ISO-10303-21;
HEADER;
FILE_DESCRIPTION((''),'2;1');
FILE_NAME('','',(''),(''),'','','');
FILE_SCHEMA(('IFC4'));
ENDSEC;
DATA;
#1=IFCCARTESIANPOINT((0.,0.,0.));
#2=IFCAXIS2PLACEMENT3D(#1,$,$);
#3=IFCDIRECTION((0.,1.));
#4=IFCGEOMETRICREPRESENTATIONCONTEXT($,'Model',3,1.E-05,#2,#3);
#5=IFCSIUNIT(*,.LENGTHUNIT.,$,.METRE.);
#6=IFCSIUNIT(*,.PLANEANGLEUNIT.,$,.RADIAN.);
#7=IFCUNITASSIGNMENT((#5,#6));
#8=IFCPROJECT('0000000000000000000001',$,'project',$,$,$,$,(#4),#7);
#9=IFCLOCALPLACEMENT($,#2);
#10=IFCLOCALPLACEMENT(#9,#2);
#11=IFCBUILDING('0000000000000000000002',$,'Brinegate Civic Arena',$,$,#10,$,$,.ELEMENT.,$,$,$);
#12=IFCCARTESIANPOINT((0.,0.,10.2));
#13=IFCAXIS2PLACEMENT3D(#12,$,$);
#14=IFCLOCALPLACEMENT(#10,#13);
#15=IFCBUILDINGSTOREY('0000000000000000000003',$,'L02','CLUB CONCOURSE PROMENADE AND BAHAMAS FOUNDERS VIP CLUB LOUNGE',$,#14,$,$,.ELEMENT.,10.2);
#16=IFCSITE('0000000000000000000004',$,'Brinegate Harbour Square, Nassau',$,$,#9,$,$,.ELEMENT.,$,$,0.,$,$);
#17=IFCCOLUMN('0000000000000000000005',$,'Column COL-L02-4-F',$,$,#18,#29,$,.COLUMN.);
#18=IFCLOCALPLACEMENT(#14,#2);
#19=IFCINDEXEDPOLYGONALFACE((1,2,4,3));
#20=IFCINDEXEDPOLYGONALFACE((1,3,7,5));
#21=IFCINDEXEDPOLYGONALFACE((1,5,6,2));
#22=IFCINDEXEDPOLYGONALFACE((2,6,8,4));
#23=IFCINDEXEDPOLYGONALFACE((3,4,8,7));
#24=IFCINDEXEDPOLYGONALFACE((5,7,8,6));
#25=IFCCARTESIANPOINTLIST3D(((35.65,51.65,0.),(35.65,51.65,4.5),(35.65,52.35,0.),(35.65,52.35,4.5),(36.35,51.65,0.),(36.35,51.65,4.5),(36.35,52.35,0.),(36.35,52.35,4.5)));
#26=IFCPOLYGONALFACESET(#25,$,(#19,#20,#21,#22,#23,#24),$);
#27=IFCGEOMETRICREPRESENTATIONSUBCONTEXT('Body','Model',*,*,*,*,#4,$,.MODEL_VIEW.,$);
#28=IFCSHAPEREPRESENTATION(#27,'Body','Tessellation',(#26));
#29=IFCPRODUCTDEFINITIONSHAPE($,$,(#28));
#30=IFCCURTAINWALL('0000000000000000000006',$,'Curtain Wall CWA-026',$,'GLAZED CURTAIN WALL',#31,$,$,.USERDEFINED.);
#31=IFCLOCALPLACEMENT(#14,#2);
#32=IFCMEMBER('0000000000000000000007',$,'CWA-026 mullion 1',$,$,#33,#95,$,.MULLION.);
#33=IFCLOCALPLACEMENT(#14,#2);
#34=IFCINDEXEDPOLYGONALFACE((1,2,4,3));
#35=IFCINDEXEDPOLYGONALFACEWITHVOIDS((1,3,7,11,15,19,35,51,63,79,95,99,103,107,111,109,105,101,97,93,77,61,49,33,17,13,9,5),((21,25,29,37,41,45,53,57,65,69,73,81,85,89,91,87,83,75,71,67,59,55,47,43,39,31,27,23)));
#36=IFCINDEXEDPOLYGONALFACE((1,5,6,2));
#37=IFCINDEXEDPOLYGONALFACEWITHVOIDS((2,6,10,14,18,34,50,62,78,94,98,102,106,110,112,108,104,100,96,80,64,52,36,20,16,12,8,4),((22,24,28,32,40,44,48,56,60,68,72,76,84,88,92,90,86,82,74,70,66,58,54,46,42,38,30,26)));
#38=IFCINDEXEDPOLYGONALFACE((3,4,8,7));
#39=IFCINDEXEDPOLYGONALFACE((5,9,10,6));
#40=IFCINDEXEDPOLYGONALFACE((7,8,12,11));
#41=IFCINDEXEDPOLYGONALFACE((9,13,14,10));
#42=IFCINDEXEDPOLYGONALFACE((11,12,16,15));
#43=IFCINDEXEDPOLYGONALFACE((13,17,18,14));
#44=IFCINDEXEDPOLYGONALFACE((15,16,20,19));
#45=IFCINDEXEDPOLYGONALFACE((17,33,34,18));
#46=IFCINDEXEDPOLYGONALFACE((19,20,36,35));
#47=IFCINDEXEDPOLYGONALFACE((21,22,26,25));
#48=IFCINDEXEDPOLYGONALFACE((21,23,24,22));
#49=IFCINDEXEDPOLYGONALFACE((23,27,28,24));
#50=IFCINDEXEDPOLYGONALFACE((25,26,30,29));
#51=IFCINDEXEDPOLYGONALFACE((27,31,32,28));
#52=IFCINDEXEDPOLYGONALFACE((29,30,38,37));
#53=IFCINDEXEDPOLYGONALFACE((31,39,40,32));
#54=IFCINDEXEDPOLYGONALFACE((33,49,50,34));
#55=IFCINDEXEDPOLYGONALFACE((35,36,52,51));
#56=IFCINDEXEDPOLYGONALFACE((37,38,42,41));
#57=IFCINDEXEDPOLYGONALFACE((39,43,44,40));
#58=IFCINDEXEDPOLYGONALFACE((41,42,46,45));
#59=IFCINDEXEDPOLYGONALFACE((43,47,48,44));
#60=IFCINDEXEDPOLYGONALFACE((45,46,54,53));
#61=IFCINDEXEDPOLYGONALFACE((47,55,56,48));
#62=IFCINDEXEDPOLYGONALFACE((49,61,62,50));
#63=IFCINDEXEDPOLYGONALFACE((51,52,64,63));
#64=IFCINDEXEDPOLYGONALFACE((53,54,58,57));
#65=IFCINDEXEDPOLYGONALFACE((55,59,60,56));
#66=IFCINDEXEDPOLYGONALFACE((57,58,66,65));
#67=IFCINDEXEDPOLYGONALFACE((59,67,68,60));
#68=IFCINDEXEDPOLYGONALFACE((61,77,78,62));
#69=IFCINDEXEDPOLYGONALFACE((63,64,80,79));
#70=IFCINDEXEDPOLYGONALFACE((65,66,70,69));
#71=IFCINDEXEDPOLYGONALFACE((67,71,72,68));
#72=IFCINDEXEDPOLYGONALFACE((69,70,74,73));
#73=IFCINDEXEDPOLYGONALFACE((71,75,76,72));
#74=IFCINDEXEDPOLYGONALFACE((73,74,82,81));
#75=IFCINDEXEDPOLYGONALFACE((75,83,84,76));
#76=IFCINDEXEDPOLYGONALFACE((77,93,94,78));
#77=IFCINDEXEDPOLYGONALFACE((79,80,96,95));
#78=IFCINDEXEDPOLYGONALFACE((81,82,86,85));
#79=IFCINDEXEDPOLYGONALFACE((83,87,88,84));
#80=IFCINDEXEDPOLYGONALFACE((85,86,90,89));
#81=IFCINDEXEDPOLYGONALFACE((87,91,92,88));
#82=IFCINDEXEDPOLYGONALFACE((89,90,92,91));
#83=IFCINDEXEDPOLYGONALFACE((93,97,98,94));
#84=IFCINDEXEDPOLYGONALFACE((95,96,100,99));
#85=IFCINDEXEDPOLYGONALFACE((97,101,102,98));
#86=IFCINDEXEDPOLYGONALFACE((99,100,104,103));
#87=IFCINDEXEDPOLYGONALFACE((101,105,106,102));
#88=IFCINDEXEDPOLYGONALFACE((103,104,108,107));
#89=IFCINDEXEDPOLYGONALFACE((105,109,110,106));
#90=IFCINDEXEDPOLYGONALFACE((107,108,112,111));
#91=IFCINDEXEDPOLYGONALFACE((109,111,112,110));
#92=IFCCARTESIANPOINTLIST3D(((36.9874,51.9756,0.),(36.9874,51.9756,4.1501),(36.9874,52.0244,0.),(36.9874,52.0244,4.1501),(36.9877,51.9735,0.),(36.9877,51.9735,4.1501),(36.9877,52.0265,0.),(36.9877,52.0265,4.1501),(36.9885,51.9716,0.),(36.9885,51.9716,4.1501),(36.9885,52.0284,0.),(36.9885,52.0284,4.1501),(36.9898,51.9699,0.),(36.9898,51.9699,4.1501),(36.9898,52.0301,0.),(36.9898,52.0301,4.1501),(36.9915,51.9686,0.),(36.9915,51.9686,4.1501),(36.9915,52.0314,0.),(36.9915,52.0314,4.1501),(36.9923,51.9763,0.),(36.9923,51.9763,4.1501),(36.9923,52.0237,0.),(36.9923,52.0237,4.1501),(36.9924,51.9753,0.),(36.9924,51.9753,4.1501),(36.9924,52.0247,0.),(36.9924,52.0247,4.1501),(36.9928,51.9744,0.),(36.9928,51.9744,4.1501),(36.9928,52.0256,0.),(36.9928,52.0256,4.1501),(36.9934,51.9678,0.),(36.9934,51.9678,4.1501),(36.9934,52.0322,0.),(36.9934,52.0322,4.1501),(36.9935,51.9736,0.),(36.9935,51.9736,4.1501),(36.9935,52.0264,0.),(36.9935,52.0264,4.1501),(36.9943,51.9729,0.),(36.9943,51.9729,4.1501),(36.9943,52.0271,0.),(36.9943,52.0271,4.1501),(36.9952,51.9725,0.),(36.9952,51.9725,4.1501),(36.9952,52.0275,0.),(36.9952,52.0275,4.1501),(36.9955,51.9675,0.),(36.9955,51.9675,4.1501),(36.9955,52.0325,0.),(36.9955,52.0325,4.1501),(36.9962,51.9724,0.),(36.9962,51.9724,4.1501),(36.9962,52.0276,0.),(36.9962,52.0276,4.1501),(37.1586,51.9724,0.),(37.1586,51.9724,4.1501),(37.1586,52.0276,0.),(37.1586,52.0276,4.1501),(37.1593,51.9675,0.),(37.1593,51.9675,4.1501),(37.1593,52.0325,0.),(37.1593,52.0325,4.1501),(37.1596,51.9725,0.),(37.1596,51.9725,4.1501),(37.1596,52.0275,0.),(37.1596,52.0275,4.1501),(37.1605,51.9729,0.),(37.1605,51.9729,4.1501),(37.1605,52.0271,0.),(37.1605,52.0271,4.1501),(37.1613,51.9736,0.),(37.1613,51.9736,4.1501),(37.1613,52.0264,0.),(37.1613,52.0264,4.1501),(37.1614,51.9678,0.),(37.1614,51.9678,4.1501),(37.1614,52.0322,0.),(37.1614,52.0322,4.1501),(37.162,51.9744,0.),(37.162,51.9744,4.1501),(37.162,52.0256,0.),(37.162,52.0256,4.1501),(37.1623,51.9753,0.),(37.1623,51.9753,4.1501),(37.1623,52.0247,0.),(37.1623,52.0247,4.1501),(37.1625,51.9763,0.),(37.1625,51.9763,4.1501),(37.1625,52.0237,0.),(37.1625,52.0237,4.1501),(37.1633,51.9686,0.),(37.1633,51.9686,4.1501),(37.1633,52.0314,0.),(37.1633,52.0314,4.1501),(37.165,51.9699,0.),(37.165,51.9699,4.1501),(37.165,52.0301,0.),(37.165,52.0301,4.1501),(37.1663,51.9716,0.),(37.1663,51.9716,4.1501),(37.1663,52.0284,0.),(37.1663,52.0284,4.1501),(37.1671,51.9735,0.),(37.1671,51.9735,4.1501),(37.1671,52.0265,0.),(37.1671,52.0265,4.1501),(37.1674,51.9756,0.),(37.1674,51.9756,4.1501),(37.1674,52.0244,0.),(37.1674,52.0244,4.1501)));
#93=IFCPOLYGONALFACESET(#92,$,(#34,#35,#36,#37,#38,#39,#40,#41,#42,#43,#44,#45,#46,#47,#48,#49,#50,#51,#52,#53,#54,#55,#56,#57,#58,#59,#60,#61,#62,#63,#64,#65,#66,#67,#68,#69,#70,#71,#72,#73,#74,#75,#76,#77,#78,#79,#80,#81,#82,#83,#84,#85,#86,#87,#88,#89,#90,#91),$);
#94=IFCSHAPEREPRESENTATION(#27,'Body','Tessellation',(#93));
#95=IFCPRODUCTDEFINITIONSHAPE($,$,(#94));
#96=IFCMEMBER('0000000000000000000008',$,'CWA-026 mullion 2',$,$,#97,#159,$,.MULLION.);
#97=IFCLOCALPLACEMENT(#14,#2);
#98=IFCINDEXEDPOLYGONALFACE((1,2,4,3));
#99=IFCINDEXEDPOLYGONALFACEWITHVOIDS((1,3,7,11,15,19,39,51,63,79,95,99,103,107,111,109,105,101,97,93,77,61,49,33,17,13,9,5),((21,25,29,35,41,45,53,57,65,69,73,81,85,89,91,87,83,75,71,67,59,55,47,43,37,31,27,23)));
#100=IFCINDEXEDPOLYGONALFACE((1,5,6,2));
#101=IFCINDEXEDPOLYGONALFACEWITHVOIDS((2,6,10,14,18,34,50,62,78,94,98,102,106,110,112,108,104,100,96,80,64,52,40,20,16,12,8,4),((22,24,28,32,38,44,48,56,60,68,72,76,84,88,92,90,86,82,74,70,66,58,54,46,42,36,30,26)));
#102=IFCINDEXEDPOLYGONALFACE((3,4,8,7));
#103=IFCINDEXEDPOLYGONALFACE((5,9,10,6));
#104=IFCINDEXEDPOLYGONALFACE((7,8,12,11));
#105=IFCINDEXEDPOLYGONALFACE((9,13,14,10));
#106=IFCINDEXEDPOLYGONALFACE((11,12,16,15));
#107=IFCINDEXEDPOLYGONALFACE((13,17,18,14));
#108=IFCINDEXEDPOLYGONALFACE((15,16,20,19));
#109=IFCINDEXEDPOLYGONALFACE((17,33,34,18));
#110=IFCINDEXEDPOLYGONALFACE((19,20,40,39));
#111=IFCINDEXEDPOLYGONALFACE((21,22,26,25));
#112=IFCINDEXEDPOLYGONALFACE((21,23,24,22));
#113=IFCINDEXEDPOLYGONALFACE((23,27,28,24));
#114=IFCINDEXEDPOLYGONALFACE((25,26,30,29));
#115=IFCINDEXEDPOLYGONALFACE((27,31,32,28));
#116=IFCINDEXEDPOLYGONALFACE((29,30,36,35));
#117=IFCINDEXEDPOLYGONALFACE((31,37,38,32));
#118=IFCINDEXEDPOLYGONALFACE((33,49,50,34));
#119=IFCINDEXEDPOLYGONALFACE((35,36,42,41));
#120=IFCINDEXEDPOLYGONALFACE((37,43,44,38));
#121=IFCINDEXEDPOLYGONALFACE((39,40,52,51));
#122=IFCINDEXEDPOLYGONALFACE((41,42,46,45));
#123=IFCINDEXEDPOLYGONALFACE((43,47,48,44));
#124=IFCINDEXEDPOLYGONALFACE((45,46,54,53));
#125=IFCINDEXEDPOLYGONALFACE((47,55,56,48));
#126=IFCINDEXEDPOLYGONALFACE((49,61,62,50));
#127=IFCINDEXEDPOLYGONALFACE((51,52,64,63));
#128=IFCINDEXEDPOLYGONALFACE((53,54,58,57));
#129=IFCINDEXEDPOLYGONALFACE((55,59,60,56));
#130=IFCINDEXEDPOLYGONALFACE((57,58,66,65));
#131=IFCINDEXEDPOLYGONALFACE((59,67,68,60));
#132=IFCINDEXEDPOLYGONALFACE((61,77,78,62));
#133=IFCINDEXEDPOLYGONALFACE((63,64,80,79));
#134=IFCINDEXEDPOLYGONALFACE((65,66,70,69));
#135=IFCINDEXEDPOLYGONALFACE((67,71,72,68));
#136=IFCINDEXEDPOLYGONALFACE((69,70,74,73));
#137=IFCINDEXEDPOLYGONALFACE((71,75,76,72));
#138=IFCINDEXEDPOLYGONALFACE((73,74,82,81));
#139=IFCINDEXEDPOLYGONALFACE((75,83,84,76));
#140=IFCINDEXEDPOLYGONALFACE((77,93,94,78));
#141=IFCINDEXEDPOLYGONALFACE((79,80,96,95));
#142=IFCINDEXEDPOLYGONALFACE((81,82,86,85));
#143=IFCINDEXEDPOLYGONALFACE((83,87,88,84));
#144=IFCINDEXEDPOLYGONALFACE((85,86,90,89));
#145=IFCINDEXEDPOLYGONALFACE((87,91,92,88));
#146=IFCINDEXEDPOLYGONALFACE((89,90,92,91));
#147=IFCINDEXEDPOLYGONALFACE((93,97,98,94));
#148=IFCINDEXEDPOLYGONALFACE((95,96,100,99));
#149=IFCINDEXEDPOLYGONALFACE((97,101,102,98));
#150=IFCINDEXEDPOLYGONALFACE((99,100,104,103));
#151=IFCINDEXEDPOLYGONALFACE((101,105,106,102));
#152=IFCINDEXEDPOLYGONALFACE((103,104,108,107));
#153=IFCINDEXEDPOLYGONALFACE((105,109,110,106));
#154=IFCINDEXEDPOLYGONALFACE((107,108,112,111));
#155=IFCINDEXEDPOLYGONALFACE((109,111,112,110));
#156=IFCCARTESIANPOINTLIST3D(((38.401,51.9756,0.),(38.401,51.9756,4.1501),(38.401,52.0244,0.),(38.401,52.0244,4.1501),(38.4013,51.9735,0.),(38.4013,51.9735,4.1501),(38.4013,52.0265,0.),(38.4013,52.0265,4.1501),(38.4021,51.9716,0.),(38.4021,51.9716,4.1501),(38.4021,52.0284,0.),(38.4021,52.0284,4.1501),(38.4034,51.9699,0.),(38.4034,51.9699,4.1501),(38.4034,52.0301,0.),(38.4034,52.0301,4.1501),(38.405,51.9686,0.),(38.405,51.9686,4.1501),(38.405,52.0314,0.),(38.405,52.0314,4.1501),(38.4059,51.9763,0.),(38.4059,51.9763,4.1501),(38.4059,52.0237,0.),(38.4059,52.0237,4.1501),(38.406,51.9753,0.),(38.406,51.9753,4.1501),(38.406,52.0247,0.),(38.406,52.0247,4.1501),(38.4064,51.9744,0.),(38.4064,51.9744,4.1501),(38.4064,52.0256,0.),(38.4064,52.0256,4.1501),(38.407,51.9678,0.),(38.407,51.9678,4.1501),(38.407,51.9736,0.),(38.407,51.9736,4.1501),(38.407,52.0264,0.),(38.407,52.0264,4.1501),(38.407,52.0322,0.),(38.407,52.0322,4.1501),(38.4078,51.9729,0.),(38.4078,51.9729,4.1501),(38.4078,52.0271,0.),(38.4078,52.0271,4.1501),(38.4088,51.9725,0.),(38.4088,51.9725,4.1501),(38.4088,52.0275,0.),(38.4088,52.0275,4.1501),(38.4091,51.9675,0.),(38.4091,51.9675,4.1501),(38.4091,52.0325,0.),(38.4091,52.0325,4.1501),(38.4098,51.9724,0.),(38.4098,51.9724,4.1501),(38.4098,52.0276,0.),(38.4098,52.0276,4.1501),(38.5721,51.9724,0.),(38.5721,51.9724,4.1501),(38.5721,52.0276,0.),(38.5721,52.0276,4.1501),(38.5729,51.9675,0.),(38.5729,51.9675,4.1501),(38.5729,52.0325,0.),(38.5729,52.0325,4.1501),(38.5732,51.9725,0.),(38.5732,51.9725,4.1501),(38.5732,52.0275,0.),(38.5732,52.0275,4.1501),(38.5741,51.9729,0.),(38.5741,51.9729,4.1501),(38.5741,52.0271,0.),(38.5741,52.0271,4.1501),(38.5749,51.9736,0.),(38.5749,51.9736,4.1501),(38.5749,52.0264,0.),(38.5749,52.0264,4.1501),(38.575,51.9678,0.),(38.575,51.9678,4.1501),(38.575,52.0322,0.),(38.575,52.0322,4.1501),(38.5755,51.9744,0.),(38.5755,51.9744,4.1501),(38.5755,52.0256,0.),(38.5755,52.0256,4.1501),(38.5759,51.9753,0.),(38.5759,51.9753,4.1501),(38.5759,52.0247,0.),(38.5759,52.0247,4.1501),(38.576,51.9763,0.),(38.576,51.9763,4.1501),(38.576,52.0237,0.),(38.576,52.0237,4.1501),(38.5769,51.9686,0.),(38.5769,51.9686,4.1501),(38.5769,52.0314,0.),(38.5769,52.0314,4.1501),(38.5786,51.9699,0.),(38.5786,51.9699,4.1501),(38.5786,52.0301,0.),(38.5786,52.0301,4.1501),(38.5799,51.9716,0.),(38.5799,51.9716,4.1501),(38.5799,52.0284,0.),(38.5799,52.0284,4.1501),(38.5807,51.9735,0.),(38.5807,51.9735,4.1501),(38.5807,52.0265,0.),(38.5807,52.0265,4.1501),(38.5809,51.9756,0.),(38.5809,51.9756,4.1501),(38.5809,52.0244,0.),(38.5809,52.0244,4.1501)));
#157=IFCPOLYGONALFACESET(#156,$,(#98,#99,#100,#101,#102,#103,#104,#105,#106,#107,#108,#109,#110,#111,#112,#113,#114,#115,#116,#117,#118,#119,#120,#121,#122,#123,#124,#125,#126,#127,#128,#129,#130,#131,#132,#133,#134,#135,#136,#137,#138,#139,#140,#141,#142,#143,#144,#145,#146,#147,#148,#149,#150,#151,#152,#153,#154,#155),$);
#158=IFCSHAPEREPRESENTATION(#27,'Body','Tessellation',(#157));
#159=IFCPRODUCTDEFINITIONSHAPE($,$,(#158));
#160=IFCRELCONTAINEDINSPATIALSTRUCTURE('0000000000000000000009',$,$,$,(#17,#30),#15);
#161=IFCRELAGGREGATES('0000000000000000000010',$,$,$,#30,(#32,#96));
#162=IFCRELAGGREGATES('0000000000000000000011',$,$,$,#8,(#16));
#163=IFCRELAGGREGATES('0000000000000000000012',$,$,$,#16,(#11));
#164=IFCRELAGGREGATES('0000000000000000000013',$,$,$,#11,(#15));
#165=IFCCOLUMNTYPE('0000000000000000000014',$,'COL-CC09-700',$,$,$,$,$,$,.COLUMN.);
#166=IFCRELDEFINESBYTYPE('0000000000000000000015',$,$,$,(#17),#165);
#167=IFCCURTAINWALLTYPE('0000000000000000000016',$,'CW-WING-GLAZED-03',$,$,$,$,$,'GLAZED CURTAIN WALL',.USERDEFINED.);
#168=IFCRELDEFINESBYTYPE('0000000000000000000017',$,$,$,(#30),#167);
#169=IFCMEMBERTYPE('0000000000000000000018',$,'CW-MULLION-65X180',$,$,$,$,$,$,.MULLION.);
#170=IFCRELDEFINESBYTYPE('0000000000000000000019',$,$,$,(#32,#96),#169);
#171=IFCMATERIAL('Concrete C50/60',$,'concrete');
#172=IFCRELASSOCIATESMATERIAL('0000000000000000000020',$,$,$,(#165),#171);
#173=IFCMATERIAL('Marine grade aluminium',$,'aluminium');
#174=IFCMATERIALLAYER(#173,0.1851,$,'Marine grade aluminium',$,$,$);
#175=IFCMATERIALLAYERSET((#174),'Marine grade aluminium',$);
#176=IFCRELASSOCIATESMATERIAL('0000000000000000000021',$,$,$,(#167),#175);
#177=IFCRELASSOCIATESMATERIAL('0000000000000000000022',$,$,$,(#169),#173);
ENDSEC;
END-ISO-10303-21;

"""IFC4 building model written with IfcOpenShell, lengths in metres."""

from ifc_helpers import new_model, si_unit, direction, frame, origin, origin_2d, place, context, subcontext, project, spatial, rectangle, hollow_rectangle, extrude, material, layer, layer_set, material_profile, profile_set, type_object, element, aggregate, save


model = new_model("IFC4")

# Units and contexts
model_context = context("Model", 3, precision=1e-05, world=origin(), true_north=direction((0.0, 1.0)))
body_context = subcontext(model_context, "Body", "Model", "MODEL_VIEW")
ifc_project = project(units=[si_unit("LENGTHUNIT", "METRE"), si_unit("PLANEANGLEUNIT", "RADIAN")], contexts=[model_context])

# Site, building, storey
site_placement = place(None, origin())
site = spatial("IfcSite", under=ifc_project, at=site_placement, Name="Brinegate Harbour Square, Nassau", CompositionType="ELEMENT", RefElevation=0.0)
building_placement = place(site_placement, origin())
building = spatial("IfcBuilding", under=site, at=building_placement, Name="Brinegate Civic Arena", CompositionType="ELEMENT")
storey_placement = place(building_placement, frame((0.0, 0.0, 10.2)))
storey = spatial("IfcBuildingStorey", under=building, at=storey_placement, Name="L02", Description="CLUB CONCOURSE PROMENADE AND BAHAMAS FOUNDERS VIP CLUB LOUNGE", CompositionType="ELEMENT", Elevation=10.2)

# Column
ifc_material_1 = material(Name="Concrete C50/60", Category="concrete")
ifc_material_profile_1 = material_profile(ifc_material_1, rectangle(XDim=0.7, YDim=0.7, at=origin_2d()), Name="RC700X700")
ifc_profile_set_1 = profile_set([ifc_material_profile_1], Name="Concrete C50/60")
column_type = type_object("IfcColumnType", Name="COL-CC09-700", PredefinedType="COLUMN", material=ifc_profile_set_1)
column_placement = place(storey_placement, frame((36.0, 52.0, 0.0), z_axis=(0.0, 0.0, 1.0), x_axis=(1.0, 0.0, 0.0)))
element("IfcColumn", 1, at=column_placement, inside=storey, type_object=column_type, Name="Column COL-L02-4-F", PredefinedType="COLUMN", context=body_context, shape_type="SweptSolid", body=[
    extrude(rectangle(XDim=0.7, YDim=0.7, at=origin_2d()), origin(), (0.0, 0.0, 1.0), 4.5),
])

# Curtain wall, members
ifc_material_2 = material(Name="Marine grade aluminium", Category="aluminium")
ifc_layer_1 = layer(ifc_material_2, 0.1851, Name="Marine grade aluminium")
ifc_layer_set_1 = layer_set([ifc_layer_1], Name="Marine grade aluminium")
curtain_wall_type = type_object("IfcCurtainWallType", Name="CW-WING-GLAZED-03", ElementType="GLAZED CURTAIN WALL", PredefinedType="USERDEFINED", material=ifc_layer_set_1)
curtain_wall_1_placement = place(storey_placement, origin())
curtain_wall_1 = element("IfcCurtainWall", 2, at=curtain_wall_1_placement, inside=storey, type_object=curtain_wall_type, Name="Curtain Wall CWA-026", ObjectType="GLAZED CURTAIN WALL", PredefinedType="USERDEFINED")
ifc_material_profile_2 = material_profile(ifc_material_2, hollow_rectangle(XDim=0.0649, YDim=0.1799, WallThickness=0.0049, InnerFilletRadius=0.0039, OuterFilletRadius=0.0081, at=origin_2d()), Name="MUL65X180")
ifc_profile_set_2 = profile_set([ifc_material_profile_2], Name="Marine grade aluminium")
member_type_1 = type_object("IfcMemberType", Name="CW-MULLION-65X180", PredefinedType="MULLION", material=ifc_profile_set_2)
member_1_placement = place(storey_placement, frame((37.0774, 52.0, 0.0), z_axis=(0.0, 0.0, 1.0), x_axis=(0.0, 1.0, 0.0)))
member_1 = element("IfcMember", 3, at=member_1_placement, type_object=member_type_1, Name="CWA-026 mullion 1", PredefinedType="MULLION", context=body_context, shape_type="SweptSolid", body=[
    extrude(hollow_rectangle(XDim=0.0649, YDim=0.1799, WallThickness=0.0049, InnerFilletRadius=0.0039, OuterFilletRadius=0.0081, at=origin_2d()), origin(), (0.0, 0.0, 1.0), 4.1501),
])
member_2_placement = place(storey_placement, frame((38.491, 52.0, 0.0), z_axis=(0.0, 0.0, 1.0), x_axis=(0.0, 1.0, 0.0)))
member_2 = element("IfcMember", 4, at=member_2_placement, type_object=member_type_1, Name="CWA-026 mullion 2", PredefinedType="MULLION", context=body_context, shape_type="SweptSolid", body=[
    extrude(hollow_rectangle(XDim=0.0649, YDim=0.1799, WallThickness=0.0049, InnerFilletRadius=0.0039, OuterFilletRadius=0.0081, at=origin_2d()), origin(), (0.0, 0.0, 1.0), 4.1501),
])

aggregate(curtain_wall_1, [member_1, member_2])

save(model, "model.ifc")
